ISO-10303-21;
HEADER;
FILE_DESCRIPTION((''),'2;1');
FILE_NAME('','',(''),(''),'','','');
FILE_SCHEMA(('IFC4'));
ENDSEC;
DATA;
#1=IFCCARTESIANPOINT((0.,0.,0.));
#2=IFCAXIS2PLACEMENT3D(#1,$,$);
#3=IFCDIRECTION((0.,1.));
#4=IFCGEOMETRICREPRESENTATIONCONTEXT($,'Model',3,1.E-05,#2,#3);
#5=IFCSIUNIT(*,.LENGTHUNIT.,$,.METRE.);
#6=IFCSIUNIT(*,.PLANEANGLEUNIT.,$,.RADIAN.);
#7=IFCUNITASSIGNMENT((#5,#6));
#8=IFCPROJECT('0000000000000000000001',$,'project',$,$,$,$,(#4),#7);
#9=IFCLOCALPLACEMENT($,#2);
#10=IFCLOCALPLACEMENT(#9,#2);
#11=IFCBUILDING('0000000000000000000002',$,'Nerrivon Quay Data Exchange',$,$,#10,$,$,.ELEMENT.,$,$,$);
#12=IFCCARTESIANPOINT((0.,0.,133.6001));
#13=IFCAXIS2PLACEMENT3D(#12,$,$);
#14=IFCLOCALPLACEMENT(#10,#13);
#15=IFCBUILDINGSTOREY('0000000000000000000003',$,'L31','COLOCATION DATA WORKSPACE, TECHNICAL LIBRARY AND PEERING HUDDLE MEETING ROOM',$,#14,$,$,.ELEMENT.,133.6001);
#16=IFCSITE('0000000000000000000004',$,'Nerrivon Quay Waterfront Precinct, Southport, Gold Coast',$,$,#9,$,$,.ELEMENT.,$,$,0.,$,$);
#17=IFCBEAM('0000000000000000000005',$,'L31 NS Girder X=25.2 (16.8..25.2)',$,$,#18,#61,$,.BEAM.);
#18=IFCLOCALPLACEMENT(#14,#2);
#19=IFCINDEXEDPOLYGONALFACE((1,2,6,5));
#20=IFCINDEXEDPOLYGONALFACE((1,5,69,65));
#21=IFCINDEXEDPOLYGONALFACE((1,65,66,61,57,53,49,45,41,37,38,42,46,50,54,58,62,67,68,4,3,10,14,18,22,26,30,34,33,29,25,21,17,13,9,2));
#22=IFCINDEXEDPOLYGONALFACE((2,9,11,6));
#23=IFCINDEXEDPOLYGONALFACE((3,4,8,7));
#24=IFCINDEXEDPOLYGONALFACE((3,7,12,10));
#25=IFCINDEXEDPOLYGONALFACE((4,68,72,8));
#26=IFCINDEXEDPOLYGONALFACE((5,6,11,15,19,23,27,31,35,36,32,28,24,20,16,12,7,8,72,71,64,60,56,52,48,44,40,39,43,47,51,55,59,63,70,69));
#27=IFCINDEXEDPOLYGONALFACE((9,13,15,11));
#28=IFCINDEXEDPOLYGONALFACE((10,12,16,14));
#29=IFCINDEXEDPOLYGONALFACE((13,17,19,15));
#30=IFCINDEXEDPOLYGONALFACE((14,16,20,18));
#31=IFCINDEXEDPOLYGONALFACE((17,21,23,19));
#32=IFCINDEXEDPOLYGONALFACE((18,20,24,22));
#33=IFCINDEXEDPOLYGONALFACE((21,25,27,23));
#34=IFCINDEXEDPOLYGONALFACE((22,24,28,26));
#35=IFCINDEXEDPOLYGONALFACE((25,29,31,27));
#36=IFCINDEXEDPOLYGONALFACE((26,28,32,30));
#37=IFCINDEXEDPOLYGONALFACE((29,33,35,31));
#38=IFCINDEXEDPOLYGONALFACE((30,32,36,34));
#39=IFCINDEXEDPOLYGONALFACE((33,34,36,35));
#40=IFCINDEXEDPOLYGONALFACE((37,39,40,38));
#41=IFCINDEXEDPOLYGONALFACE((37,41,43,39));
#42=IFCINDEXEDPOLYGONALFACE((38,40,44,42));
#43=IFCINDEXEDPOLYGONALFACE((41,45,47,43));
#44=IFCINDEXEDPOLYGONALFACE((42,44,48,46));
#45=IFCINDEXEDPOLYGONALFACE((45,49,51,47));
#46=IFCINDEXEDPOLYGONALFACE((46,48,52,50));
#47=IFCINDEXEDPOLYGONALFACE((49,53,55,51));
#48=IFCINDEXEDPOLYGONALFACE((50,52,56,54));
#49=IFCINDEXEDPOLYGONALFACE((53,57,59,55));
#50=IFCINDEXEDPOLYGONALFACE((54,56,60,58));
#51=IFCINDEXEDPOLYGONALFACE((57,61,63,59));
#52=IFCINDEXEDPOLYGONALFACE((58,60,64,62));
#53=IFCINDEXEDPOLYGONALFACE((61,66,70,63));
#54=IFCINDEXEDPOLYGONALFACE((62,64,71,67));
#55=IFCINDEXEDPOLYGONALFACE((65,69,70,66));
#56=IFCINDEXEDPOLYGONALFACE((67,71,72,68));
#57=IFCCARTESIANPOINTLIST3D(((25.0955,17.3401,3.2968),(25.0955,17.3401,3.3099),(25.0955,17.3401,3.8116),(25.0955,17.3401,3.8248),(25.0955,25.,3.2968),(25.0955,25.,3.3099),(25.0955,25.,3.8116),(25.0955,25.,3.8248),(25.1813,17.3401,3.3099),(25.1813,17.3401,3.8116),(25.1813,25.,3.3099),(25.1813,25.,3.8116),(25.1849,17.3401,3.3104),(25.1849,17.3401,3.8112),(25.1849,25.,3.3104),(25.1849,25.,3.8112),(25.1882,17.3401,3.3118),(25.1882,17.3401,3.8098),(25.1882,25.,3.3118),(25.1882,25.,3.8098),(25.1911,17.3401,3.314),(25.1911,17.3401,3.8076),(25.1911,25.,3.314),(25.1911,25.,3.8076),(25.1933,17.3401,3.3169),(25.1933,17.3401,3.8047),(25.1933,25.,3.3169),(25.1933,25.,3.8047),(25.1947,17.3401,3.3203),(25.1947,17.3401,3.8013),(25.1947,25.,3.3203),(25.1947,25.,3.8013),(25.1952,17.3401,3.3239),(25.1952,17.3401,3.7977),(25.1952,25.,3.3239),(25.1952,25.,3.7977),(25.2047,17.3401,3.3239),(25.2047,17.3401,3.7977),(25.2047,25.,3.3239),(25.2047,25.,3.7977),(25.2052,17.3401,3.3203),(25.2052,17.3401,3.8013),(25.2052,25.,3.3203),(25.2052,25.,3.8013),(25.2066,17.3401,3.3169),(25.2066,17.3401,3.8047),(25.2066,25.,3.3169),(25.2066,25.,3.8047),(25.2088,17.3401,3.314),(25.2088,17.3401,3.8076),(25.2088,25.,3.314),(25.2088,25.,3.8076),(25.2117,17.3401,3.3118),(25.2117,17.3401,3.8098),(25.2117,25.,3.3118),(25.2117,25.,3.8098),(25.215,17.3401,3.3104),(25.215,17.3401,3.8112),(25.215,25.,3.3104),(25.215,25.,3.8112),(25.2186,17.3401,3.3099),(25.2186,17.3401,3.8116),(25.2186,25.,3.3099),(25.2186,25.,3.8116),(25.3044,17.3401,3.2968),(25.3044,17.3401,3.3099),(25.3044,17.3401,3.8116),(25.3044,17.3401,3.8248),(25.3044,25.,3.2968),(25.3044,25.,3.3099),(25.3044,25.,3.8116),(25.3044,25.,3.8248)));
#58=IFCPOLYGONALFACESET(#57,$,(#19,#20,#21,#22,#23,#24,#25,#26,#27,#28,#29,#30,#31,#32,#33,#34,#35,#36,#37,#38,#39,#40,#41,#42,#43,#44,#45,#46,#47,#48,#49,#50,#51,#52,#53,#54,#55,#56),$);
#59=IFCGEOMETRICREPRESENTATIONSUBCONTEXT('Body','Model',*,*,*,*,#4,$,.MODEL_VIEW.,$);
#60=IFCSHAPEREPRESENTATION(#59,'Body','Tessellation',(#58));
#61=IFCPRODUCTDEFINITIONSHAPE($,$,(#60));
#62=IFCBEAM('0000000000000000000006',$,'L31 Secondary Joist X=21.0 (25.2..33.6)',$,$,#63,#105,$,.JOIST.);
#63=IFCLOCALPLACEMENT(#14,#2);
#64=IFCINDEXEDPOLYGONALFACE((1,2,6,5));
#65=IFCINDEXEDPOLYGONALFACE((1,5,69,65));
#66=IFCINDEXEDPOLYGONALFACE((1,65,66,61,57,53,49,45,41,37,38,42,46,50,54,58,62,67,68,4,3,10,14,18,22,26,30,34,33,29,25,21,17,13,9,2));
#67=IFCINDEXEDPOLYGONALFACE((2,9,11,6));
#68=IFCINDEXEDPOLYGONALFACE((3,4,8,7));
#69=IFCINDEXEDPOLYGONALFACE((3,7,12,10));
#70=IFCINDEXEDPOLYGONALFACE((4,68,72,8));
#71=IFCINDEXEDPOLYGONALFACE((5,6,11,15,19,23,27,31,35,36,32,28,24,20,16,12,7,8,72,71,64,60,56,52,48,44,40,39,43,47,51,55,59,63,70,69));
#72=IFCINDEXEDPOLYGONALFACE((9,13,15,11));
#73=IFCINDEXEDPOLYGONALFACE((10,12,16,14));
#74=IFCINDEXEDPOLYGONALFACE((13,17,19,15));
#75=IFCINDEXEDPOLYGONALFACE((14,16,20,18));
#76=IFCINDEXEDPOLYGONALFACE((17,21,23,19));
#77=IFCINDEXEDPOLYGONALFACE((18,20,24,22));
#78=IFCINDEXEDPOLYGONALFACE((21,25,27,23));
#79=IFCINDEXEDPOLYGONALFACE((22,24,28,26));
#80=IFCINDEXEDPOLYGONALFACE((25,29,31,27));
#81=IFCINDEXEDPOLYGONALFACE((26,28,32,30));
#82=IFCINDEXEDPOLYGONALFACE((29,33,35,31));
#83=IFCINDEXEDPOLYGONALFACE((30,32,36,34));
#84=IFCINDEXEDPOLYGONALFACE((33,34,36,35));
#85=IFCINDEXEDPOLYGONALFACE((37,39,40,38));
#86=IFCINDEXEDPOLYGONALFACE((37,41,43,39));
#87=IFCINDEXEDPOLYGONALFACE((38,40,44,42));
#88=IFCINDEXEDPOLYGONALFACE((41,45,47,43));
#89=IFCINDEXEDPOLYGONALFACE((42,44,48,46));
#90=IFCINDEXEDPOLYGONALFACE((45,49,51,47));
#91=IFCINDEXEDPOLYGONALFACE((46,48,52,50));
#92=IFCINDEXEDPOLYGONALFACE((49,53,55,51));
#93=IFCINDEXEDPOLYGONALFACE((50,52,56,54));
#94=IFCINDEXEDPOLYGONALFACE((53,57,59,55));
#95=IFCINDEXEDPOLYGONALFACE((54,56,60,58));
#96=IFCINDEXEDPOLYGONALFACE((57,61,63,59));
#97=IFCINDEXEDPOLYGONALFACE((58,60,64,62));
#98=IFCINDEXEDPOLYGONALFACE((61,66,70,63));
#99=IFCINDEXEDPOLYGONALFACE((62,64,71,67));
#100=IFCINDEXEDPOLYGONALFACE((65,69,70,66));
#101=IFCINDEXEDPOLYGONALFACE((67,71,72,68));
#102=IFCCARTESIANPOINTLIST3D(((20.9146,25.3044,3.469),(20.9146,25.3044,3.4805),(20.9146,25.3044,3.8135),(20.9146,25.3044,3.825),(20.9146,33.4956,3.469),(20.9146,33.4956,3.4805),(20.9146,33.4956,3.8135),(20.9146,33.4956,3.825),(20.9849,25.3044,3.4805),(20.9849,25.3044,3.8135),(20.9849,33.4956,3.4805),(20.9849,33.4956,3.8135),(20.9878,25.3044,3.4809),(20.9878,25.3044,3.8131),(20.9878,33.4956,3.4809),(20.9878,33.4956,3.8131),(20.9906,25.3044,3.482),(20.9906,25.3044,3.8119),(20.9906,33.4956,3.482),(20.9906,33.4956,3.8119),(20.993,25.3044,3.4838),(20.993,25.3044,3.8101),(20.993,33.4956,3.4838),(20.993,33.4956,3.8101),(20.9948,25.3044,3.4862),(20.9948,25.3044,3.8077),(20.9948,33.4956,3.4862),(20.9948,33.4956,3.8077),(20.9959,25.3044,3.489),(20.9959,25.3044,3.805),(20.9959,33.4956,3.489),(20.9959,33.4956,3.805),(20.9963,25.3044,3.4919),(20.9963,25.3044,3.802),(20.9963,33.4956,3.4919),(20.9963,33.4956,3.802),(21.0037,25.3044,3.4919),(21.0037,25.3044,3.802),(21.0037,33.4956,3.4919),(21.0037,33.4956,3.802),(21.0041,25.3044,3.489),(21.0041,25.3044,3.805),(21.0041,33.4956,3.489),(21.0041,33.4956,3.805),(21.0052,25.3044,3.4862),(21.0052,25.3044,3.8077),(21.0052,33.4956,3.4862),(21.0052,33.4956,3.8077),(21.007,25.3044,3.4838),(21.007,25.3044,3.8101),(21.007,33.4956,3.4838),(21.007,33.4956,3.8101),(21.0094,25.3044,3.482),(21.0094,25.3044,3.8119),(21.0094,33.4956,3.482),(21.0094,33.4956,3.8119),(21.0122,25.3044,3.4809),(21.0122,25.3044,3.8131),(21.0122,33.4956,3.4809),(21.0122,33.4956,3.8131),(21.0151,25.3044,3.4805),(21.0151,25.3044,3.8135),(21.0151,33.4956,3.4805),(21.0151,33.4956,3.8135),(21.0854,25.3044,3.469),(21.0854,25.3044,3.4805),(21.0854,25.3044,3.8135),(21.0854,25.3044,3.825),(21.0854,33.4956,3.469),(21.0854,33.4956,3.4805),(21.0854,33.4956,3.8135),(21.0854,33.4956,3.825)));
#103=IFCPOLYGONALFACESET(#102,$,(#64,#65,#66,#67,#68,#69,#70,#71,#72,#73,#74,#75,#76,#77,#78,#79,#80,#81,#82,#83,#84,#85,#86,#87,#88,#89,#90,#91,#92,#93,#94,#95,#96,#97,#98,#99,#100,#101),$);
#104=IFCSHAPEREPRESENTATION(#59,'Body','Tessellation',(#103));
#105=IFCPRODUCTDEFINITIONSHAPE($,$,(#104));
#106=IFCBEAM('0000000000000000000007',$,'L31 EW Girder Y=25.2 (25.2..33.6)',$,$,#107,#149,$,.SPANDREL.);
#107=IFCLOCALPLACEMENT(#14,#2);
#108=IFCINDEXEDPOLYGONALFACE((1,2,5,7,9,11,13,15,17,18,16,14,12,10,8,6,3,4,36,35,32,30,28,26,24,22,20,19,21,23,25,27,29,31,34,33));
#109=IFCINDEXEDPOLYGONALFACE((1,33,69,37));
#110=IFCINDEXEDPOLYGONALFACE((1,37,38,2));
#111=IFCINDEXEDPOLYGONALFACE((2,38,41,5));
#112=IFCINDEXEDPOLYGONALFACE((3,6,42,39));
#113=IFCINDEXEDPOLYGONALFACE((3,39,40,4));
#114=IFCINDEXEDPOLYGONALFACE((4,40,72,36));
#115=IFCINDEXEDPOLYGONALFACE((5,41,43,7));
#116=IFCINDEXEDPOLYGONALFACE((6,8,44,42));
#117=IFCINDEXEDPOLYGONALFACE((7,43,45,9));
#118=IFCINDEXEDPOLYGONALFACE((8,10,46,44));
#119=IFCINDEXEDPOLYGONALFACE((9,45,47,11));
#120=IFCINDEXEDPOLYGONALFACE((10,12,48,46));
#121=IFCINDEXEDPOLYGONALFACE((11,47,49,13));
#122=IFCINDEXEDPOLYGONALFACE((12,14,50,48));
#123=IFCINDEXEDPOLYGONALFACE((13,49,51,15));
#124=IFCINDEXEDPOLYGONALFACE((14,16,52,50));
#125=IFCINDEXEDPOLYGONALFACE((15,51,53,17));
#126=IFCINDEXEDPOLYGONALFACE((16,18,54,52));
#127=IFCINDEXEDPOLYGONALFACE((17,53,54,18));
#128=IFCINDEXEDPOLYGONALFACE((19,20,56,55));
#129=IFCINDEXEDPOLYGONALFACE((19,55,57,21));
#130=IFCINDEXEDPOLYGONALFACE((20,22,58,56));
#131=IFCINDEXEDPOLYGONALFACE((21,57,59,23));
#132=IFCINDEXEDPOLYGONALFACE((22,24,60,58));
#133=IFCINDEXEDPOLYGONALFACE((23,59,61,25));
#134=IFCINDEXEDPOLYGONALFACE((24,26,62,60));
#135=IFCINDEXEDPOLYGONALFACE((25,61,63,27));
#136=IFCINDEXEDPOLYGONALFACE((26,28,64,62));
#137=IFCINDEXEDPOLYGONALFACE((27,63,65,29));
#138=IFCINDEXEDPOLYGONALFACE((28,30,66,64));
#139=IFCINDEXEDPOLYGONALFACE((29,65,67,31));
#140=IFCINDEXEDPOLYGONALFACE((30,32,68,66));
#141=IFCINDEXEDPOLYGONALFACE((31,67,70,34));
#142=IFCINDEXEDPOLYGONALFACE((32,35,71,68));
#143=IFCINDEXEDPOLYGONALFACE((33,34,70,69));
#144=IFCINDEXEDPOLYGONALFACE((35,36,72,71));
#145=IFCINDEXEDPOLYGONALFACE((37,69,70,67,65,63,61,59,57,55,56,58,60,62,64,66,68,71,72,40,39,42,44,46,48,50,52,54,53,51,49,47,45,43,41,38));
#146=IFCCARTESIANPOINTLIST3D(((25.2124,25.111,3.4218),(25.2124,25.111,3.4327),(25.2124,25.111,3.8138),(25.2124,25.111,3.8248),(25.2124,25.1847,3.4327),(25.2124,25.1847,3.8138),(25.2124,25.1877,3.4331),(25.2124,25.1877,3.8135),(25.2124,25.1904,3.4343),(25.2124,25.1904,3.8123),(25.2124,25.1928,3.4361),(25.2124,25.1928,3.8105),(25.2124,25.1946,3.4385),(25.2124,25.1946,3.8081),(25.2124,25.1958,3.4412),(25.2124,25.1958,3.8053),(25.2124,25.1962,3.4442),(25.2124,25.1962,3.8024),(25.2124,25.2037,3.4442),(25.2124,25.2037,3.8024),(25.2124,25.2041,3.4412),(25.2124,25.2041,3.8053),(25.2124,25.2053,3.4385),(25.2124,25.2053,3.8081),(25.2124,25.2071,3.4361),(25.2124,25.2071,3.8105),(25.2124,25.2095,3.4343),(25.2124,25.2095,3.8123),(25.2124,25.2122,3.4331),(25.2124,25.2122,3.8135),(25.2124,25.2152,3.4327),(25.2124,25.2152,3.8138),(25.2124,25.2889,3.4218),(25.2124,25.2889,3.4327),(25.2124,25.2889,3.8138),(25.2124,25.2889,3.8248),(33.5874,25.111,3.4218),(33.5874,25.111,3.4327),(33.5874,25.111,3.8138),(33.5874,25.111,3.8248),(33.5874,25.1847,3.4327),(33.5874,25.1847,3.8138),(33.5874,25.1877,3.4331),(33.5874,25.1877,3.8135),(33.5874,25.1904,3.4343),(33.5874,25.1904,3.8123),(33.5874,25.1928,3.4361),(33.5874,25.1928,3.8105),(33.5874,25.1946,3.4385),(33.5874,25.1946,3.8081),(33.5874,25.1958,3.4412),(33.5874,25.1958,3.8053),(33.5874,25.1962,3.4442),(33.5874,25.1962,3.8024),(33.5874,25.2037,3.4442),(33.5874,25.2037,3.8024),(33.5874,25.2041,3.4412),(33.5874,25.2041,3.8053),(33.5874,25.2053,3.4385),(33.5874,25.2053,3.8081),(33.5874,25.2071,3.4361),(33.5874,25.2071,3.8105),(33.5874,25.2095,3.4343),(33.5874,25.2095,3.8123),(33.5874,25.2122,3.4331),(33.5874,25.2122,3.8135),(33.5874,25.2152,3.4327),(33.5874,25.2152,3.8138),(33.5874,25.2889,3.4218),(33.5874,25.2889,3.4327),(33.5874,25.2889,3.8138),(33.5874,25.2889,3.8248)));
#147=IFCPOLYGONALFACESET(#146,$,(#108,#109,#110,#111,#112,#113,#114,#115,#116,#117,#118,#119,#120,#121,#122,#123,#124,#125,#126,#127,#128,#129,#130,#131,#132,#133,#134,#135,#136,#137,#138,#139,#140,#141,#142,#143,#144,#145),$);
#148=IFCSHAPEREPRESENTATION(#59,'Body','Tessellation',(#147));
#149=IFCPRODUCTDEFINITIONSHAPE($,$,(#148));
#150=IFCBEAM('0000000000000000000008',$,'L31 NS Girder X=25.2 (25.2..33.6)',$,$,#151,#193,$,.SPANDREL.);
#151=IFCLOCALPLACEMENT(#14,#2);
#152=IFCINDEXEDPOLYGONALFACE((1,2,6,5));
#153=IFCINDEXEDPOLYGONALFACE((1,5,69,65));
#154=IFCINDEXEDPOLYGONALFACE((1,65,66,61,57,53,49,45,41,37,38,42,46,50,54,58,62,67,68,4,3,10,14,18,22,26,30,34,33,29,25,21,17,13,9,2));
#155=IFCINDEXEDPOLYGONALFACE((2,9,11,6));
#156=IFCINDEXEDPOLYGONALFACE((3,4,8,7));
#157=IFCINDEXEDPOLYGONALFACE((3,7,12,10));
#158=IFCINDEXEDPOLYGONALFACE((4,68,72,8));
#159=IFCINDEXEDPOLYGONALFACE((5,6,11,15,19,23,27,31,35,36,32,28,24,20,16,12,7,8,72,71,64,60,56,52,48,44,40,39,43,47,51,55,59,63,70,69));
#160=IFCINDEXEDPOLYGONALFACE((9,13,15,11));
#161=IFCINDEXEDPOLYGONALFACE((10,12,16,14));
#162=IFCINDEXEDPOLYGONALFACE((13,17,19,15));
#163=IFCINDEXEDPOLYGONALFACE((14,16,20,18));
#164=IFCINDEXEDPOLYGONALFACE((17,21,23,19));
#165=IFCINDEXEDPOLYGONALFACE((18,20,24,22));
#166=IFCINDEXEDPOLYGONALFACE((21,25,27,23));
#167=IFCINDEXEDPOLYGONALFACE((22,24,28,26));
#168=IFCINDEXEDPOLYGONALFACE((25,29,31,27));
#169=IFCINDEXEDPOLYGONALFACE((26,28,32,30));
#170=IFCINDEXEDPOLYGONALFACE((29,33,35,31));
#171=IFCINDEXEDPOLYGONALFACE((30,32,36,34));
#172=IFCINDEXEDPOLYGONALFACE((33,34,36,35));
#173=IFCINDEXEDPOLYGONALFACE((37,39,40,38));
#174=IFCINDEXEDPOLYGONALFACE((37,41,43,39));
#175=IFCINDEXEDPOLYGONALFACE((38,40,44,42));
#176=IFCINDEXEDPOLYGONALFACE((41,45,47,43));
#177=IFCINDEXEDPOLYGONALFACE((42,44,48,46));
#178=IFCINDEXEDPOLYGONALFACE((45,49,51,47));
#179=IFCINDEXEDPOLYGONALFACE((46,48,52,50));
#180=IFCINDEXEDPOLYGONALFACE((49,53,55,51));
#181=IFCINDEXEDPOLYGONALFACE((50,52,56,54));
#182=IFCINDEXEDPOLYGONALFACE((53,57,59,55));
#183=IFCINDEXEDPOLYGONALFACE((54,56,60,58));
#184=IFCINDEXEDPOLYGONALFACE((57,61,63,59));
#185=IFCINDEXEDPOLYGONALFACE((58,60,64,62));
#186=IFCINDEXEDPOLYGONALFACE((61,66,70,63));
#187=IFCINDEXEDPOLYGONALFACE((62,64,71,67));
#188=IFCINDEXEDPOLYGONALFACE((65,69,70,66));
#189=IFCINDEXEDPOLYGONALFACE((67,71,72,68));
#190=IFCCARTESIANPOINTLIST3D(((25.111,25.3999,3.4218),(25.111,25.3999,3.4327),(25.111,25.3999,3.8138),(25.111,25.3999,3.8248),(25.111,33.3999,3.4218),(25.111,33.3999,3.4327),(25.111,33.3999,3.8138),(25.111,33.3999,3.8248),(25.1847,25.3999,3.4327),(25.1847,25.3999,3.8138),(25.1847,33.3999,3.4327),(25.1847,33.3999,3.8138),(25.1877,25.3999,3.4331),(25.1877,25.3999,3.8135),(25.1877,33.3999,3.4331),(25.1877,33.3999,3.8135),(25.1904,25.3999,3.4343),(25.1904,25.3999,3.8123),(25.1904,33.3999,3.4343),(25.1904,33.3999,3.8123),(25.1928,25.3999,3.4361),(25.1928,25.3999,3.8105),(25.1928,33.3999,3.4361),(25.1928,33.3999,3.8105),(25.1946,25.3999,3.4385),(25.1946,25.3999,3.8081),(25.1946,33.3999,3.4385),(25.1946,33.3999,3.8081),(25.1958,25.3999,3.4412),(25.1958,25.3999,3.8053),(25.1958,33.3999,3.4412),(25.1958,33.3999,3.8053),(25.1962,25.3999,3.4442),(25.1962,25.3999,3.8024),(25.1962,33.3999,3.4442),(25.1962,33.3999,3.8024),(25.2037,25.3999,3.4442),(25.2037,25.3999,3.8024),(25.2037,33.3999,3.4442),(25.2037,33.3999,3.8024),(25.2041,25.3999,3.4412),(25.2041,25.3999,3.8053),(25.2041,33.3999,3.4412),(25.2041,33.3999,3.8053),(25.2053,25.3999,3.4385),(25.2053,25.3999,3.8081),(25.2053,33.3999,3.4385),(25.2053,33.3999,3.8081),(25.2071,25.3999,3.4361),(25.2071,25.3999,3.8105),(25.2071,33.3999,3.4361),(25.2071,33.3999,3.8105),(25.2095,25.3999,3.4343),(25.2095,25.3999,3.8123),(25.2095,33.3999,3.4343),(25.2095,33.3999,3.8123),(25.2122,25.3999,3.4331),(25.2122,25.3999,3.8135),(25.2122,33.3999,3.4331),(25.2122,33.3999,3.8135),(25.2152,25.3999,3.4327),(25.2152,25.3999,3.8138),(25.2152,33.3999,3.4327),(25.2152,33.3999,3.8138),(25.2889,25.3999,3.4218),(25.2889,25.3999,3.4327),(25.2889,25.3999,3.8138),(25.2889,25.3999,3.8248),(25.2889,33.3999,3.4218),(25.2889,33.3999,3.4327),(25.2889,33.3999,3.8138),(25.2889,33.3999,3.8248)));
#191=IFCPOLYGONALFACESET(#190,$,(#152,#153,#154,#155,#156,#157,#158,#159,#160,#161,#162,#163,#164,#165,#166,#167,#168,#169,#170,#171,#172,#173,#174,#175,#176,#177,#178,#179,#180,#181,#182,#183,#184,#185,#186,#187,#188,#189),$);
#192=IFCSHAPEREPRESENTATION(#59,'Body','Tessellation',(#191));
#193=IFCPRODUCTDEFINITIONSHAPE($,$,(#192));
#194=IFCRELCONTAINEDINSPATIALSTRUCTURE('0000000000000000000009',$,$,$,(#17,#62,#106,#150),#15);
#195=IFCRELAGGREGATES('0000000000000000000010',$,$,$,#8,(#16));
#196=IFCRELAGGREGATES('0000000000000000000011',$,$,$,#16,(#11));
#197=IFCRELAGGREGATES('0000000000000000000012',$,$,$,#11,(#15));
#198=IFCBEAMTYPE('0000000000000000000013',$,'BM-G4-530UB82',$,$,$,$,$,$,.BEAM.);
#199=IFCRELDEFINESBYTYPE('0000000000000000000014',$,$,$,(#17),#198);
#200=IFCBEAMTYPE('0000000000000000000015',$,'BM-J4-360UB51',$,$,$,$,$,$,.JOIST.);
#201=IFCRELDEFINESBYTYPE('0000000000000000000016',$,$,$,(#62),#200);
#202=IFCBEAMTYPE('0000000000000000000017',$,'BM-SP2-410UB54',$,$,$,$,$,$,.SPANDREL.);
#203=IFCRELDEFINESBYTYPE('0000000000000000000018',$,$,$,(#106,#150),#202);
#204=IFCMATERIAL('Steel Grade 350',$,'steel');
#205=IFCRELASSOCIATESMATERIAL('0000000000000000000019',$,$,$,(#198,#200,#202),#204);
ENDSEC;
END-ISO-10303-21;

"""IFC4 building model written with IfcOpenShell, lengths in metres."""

from ifc_helpers import new_model, si_unit, direction, frame, origin, origin_2d, place, context, subcontext, project, spatial, i_section, extrude, material, material_profile, profile_set, type_object, element, save


model = new_model("IFC4")

# Units and contexts
model_context = context("Model", 3, precision=1e-05, world=origin(), true_north=direction((0.0, 1.0)))
body_context = subcontext(model_context, "Body", "Model", "MODEL_VIEW")
ifc_project = project(units=[si_unit("LENGTHUNIT", "METRE"), si_unit("PLANEANGLEUNIT", "RADIAN")], contexts=[model_context])

# Site, building, storey
site_placement = place(None, origin())
site = spatial("IfcSite", under=ifc_project, at=site_placement, Name="Nerrivon Quay Waterfront Precinct, Southport, Gold Coast", CompositionType="ELEMENT", RefElevation=0.0)
building_placement = place(site_placement, origin())
building = spatial("IfcBuilding", under=site, at=building_placement, Name="Nerrivon Quay Data Exchange", CompositionType="ELEMENT")
storey_placement = place(building_placement, frame((0.0, 0.0, 133.6001)))
storey = spatial("IfcBuildingStorey", under=building, at=storey_placement, Name="L31", Description="COLOCATION DATA WORKSPACE, TECHNICAL LIBRARY AND PEERING HUDDLE MEETING ROOM", CompositionType="ELEMENT", Elevation=133.6001)

# Shared definitions
ifc_material_1 = material(Name="Steel Grade 350", Category="steel")

# Beams
ifc_material_profile_1 = material_profile(ifc_material_1, i_section(OverallWidth=0.209, OverallDepth=0.5281, WebThickness=0.0095, FlangeThickness=0.0132, FilletRadius=0.0139, at=origin_2d()), Name="530UB82.0")
ifc_profile_set_1 = profile_set([ifc_material_profile_1], Name="Steel Grade 350")
beam_type_1 = type_object("IfcBeamType", Name="BM-G4-530UB82", PredefinedType="BEAM", material=ifc_profile_set_1)
beam_1_placement = place(storey_placement, frame((25.2, 17.3401, 3.5608), z_axis=(0.0, 1.0, 0.0), x_axis=(-1.0, 0.0, 0.0)))
element("IfcBeam", 1, at=beam_1_placement, inside=storey, type_object=beam_type_1, Name="L31 NS Girder X=25.2 (16.8..25.2)", PredefinedType="BEAM", context=body_context, shape_type="SweptSolid", body=[
    extrude(i_section(OverallWidth=0.209, OverallDepth=0.5281, WebThickness=0.0095, FlangeThickness=0.0132, FilletRadius=0.0139, at=origin_2d()), origin(), (0.0, 0.0, 1.0), 7.6599),
])
ifc_material_profile_2 = material_profile(ifc_material_1, i_section(OverallWidth=0.1709, OverallDepth=0.356, WebThickness=0.0073, FlangeThickness=0.0115, FilletRadius=0.0115, at=origin_2d()), Name="360UB50.7")
ifc_profile_set_2 = profile_set([ifc_material_profile_2], Name="Steel Grade 350")
beam_type_2 = type_object("IfcBeamType", Name="BM-J4-360UB51", PredefinedType="JOIST", material=ifc_profile_set_2)
beam_2_placement = place(storey_placement, frame((21.0, 25.3044, 3.647), z_axis=(0.0, 1.0, 0.0), x_axis=(-1.0, 0.0, 0.0)))
element("IfcBeam", 2, at=beam_2_placement, inside=storey, type_object=beam_type_2, Name="L31 Secondary Joist X=21.0 (25.2..33.6)", PredefinedType="JOIST", context=body_context, shape_type="SweptSolid", body=[
    extrude(i_section(OverallWidth=0.1709, OverallDepth=0.356, WebThickness=0.0073, FlangeThickness=0.0115, FilletRadius=0.0115, at=origin_2d()), origin(), (0.0, 0.0, 1.0), 8.1912),
])
ifc_material_profile_3 = material_profile(ifc_material_1, i_section(OverallWidth=0.178, OverallDepth=0.4031, WebThickness=0.0076, FlangeThickness=0.011, FilletRadius=0.0115, at=origin_2d()), Name="410UB53.7")
ifc_profile_set_3 = profile_set([ifc_material_profile_3], Name="Steel Grade 350")
beam_type_3 = type_object("IfcBeamType", Name="BM-SP2-410UB54", PredefinedType="SPANDREL", material=ifc_profile_set_3)
beam_3_placement = place(storey_placement, frame((25.2124, 25.2, 3.6233), z_axis=(1.0, 0.0, 0.0), x_axis=(0.0, 1.0, 0.0)))
element("IfcBeam", 3, at=beam_3_placement, inside=storey, type_object=beam_type_3, Name="L31 EW Girder Y=25.2 (25.2..33.6)", PredefinedType="SPANDREL", context=body_context, shape_type="SweptSolid", body=[
    extrude(i_section(OverallWidth=0.178, OverallDepth=0.4031, WebThickness=0.0076, FlangeThickness=0.011, FilletRadius=0.0115, at=origin_2d()), origin(), (0.0, 0.0, 1.0), 8.375),
])
beam_4_placement = place(storey_placement, frame((25.2, 25.3999, 3.6233), z_axis=(0.0, 1.0, 0.0), x_axis=(-1.0, 0.0, 0.0)))
element("IfcBeam", 4, at=beam_4_placement, inside=storey, type_object=beam_type_3, Name="L31 NS Girder X=25.2 (25.2..33.6)", PredefinedType="SPANDREL", context=body_context, shape_type="SweptSolid", body=[
    extrude(i_section(OverallWidth=0.178, OverallDepth=0.4031, WebThickness=0.0076, FlangeThickness=0.011, FilletRadius=0.0115, at=origin_2d()), origin(), (0.0, 0.0, 1.0), 8.0),
])

save(model, "model.ifc")
